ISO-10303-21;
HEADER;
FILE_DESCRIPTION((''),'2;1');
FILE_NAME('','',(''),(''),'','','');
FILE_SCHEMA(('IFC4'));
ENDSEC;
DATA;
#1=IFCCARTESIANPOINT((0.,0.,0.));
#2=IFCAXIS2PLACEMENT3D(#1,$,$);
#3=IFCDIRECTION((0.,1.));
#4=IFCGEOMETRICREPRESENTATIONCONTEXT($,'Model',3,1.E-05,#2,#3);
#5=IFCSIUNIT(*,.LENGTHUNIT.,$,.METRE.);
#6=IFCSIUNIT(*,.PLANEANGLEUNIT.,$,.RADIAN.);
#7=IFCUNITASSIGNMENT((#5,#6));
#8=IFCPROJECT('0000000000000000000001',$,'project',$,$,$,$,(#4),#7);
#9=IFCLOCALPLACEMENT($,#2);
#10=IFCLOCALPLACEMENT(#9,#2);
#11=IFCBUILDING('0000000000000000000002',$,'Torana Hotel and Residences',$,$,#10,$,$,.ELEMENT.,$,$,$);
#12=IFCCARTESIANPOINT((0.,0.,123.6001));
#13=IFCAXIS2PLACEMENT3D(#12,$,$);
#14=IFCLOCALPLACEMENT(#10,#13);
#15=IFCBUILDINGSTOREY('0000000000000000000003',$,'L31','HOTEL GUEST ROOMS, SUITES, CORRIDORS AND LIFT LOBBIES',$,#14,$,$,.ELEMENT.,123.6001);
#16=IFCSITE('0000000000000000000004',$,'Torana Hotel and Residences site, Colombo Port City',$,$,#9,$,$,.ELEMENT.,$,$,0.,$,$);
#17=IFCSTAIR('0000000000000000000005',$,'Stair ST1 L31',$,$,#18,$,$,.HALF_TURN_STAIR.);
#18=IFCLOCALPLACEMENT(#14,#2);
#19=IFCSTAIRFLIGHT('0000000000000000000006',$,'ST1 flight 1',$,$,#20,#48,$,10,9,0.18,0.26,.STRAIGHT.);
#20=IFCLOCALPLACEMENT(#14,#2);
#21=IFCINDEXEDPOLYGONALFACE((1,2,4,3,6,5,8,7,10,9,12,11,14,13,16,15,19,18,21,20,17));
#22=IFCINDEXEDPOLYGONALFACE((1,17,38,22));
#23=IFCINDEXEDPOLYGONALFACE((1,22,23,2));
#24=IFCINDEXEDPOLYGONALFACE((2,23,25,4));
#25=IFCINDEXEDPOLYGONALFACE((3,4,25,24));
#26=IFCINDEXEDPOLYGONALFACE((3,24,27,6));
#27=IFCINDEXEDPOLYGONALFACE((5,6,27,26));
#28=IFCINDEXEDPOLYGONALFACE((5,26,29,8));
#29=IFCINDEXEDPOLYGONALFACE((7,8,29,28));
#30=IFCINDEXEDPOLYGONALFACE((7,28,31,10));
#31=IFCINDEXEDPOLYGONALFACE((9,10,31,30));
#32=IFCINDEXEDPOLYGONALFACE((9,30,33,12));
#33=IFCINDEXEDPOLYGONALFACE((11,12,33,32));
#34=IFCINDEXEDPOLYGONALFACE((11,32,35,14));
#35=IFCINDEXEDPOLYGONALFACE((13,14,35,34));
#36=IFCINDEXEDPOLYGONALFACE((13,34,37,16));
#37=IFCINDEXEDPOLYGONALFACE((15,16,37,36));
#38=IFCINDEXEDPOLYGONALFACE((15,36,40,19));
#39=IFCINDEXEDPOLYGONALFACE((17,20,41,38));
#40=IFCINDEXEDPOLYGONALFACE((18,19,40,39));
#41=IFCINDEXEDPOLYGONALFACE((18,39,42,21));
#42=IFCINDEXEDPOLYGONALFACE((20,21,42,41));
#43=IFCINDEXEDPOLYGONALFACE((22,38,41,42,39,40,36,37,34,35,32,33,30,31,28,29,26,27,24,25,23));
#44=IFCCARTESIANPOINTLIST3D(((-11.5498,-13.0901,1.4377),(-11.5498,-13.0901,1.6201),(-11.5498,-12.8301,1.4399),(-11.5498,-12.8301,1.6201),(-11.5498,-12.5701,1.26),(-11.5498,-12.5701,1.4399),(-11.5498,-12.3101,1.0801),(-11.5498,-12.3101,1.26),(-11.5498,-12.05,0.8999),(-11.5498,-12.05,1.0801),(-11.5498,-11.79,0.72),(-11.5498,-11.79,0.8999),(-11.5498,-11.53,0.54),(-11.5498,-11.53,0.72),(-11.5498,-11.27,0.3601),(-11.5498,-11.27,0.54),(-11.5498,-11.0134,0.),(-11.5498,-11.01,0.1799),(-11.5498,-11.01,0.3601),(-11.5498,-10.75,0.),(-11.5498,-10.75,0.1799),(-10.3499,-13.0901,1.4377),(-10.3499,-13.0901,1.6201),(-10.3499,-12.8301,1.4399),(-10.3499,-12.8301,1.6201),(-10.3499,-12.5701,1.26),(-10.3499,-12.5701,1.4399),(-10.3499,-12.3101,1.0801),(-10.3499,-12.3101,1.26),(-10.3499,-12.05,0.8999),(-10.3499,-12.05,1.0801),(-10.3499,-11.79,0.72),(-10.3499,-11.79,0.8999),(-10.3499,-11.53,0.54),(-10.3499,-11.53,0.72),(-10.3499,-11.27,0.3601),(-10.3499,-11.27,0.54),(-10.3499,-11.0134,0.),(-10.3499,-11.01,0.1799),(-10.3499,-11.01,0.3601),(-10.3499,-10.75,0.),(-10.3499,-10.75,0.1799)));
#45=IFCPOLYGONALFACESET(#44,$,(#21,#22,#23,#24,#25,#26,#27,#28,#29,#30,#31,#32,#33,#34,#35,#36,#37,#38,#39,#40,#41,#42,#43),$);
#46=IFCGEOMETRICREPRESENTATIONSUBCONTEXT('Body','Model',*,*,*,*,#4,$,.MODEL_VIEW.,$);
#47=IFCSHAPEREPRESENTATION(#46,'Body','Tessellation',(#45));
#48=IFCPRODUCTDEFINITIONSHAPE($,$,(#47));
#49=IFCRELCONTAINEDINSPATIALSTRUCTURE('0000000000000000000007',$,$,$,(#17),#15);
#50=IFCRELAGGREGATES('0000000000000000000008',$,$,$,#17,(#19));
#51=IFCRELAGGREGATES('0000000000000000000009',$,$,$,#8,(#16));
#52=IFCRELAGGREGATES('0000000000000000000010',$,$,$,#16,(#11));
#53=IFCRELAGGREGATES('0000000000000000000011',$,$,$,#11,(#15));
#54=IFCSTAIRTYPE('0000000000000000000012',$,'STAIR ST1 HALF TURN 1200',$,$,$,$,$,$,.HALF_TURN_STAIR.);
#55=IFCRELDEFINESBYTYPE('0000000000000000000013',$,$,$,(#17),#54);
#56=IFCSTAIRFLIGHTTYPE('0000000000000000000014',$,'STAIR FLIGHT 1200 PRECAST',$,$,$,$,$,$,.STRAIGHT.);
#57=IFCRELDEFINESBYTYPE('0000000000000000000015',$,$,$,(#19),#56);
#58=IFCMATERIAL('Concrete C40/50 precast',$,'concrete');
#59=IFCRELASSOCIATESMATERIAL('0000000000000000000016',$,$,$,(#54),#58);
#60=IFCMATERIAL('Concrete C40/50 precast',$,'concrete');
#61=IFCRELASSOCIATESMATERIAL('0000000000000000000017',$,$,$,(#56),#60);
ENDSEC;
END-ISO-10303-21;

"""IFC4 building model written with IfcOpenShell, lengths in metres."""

from ifc_helpers import new_model, si_unit, direction, frame, origin, place, context, subcontext, project, spatial, polyline, outline, extrude, material, type_object, element, aggregate, save


model = new_model("IFC4")

# Units and contexts
model_context = context("Model", 3, precision=1e-05, world=origin(), true_north=direction((0.0, 1.0)))
body_context = subcontext(model_context, "Body", "Model", "MODEL_VIEW")
ifc_project = project(units=[si_unit("LENGTHUNIT", "METRE"), si_unit("PLANEANGLEUNIT", "RADIAN")], contexts=[model_context])

# Site, building, storey
site_placement = place(None, origin())
site = spatial("IfcSite", under=ifc_project, at=site_placement, Name="Torana Hotel and Residences site, Colombo Port City", CompositionType="ELEMENT", RefElevation=0.0)
building_placement = place(site_placement, origin())
building = spatial("IfcBuilding", under=site, at=building_placement, Name="Torana Hotel and Residences", CompositionType="ELEMENT")
storey_placement = place(building_placement, frame((0.0, 0.0, 123.6001)))
storey = spatial("IfcBuildingStorey", under=building, at=storey_placement, Name="L31", Description="HOTEL GUEST ROOMS, SUITES, CORRIDORS AND LIFT LOBBIES", CompositionType="ELEMENT", Elevation=123.6001)

# Stair, stair flight
ifc_material_1 = material(Name="Concrete C40/50 precast", Category="concrete")
stair_type = type_object("IfcStairType", Name="STAIR ST1 HALF TURN 1200", PredefinedType="HALF_TURN_STAIR", material=ifc_material_1)
stair_placement = place(storey_placement, origin())
stair = element("IfcStair", 1, at=stair_placement, inside=storey, type_object=stair_type, Name="Stair ST1 L31", PredefinedType="HALF_TURN_STAIR")
ifc_material_2 = material(Name="Concrete C40/50 precast", Category="concrete")
stair_flight_type = type_object("IfcStairFlightType", Name="STAIR FLIGHT 1200 PRECAST", PredefinedType="STRAIGHT", material=ifc_material_2)
stair_flight_placement = place(storey_placement, frame((-10.95, -10.75, 0.0), z_axis=(0.0, 0.0, 1.0), x_axis=(0.0, -1.0, 0.0)))
stair_flight = element("IfcStairFlight", 2, at=stair_flight_placement, type_object=stair_flight_type, Name="ST1 flight 1", NumberOfRisers=10, NumberOfTreads=9, PredefinedType="STRAIGHT", RiserHeight=0.18, TreadLength=0.26, context=body_context, shape_type="SweptSolid", body=[
    extrude(outline(polyline([(0.0, 0.0), (0.0, 0.1799), (0.26, 0.1799), (0.26, 0.3601), (0.52, 0.3601), (0.52, 0.54), (0.78, 0.54), (0.78, 0.72), (1.04, 0.72), (1.04, 0.8999), (1.3, 0.8999), (1.3, 1.0801), (1.5601, 1.0801), (1.5601, 1.26), (1.8201, 1.26), (1.8201, 1.4399), (2.0801, 1.4399), (2.0801, 1.6201), (2.3401, 1.6201), (2.3401, 1.8), (2.3401, 1.4377), (0.2634, 0.0), (0.0, 0.0)])), frame((0.0, 0.6001, 0.0), z_axis=(0.0, -1.0, 0.0), x_axis=(1.0, 0.0, 0.0)), (0.0, 0.0, 1.0), 1.2),
])
aggregate(stair, [stair_flight])

save(model, "model.ifc")
